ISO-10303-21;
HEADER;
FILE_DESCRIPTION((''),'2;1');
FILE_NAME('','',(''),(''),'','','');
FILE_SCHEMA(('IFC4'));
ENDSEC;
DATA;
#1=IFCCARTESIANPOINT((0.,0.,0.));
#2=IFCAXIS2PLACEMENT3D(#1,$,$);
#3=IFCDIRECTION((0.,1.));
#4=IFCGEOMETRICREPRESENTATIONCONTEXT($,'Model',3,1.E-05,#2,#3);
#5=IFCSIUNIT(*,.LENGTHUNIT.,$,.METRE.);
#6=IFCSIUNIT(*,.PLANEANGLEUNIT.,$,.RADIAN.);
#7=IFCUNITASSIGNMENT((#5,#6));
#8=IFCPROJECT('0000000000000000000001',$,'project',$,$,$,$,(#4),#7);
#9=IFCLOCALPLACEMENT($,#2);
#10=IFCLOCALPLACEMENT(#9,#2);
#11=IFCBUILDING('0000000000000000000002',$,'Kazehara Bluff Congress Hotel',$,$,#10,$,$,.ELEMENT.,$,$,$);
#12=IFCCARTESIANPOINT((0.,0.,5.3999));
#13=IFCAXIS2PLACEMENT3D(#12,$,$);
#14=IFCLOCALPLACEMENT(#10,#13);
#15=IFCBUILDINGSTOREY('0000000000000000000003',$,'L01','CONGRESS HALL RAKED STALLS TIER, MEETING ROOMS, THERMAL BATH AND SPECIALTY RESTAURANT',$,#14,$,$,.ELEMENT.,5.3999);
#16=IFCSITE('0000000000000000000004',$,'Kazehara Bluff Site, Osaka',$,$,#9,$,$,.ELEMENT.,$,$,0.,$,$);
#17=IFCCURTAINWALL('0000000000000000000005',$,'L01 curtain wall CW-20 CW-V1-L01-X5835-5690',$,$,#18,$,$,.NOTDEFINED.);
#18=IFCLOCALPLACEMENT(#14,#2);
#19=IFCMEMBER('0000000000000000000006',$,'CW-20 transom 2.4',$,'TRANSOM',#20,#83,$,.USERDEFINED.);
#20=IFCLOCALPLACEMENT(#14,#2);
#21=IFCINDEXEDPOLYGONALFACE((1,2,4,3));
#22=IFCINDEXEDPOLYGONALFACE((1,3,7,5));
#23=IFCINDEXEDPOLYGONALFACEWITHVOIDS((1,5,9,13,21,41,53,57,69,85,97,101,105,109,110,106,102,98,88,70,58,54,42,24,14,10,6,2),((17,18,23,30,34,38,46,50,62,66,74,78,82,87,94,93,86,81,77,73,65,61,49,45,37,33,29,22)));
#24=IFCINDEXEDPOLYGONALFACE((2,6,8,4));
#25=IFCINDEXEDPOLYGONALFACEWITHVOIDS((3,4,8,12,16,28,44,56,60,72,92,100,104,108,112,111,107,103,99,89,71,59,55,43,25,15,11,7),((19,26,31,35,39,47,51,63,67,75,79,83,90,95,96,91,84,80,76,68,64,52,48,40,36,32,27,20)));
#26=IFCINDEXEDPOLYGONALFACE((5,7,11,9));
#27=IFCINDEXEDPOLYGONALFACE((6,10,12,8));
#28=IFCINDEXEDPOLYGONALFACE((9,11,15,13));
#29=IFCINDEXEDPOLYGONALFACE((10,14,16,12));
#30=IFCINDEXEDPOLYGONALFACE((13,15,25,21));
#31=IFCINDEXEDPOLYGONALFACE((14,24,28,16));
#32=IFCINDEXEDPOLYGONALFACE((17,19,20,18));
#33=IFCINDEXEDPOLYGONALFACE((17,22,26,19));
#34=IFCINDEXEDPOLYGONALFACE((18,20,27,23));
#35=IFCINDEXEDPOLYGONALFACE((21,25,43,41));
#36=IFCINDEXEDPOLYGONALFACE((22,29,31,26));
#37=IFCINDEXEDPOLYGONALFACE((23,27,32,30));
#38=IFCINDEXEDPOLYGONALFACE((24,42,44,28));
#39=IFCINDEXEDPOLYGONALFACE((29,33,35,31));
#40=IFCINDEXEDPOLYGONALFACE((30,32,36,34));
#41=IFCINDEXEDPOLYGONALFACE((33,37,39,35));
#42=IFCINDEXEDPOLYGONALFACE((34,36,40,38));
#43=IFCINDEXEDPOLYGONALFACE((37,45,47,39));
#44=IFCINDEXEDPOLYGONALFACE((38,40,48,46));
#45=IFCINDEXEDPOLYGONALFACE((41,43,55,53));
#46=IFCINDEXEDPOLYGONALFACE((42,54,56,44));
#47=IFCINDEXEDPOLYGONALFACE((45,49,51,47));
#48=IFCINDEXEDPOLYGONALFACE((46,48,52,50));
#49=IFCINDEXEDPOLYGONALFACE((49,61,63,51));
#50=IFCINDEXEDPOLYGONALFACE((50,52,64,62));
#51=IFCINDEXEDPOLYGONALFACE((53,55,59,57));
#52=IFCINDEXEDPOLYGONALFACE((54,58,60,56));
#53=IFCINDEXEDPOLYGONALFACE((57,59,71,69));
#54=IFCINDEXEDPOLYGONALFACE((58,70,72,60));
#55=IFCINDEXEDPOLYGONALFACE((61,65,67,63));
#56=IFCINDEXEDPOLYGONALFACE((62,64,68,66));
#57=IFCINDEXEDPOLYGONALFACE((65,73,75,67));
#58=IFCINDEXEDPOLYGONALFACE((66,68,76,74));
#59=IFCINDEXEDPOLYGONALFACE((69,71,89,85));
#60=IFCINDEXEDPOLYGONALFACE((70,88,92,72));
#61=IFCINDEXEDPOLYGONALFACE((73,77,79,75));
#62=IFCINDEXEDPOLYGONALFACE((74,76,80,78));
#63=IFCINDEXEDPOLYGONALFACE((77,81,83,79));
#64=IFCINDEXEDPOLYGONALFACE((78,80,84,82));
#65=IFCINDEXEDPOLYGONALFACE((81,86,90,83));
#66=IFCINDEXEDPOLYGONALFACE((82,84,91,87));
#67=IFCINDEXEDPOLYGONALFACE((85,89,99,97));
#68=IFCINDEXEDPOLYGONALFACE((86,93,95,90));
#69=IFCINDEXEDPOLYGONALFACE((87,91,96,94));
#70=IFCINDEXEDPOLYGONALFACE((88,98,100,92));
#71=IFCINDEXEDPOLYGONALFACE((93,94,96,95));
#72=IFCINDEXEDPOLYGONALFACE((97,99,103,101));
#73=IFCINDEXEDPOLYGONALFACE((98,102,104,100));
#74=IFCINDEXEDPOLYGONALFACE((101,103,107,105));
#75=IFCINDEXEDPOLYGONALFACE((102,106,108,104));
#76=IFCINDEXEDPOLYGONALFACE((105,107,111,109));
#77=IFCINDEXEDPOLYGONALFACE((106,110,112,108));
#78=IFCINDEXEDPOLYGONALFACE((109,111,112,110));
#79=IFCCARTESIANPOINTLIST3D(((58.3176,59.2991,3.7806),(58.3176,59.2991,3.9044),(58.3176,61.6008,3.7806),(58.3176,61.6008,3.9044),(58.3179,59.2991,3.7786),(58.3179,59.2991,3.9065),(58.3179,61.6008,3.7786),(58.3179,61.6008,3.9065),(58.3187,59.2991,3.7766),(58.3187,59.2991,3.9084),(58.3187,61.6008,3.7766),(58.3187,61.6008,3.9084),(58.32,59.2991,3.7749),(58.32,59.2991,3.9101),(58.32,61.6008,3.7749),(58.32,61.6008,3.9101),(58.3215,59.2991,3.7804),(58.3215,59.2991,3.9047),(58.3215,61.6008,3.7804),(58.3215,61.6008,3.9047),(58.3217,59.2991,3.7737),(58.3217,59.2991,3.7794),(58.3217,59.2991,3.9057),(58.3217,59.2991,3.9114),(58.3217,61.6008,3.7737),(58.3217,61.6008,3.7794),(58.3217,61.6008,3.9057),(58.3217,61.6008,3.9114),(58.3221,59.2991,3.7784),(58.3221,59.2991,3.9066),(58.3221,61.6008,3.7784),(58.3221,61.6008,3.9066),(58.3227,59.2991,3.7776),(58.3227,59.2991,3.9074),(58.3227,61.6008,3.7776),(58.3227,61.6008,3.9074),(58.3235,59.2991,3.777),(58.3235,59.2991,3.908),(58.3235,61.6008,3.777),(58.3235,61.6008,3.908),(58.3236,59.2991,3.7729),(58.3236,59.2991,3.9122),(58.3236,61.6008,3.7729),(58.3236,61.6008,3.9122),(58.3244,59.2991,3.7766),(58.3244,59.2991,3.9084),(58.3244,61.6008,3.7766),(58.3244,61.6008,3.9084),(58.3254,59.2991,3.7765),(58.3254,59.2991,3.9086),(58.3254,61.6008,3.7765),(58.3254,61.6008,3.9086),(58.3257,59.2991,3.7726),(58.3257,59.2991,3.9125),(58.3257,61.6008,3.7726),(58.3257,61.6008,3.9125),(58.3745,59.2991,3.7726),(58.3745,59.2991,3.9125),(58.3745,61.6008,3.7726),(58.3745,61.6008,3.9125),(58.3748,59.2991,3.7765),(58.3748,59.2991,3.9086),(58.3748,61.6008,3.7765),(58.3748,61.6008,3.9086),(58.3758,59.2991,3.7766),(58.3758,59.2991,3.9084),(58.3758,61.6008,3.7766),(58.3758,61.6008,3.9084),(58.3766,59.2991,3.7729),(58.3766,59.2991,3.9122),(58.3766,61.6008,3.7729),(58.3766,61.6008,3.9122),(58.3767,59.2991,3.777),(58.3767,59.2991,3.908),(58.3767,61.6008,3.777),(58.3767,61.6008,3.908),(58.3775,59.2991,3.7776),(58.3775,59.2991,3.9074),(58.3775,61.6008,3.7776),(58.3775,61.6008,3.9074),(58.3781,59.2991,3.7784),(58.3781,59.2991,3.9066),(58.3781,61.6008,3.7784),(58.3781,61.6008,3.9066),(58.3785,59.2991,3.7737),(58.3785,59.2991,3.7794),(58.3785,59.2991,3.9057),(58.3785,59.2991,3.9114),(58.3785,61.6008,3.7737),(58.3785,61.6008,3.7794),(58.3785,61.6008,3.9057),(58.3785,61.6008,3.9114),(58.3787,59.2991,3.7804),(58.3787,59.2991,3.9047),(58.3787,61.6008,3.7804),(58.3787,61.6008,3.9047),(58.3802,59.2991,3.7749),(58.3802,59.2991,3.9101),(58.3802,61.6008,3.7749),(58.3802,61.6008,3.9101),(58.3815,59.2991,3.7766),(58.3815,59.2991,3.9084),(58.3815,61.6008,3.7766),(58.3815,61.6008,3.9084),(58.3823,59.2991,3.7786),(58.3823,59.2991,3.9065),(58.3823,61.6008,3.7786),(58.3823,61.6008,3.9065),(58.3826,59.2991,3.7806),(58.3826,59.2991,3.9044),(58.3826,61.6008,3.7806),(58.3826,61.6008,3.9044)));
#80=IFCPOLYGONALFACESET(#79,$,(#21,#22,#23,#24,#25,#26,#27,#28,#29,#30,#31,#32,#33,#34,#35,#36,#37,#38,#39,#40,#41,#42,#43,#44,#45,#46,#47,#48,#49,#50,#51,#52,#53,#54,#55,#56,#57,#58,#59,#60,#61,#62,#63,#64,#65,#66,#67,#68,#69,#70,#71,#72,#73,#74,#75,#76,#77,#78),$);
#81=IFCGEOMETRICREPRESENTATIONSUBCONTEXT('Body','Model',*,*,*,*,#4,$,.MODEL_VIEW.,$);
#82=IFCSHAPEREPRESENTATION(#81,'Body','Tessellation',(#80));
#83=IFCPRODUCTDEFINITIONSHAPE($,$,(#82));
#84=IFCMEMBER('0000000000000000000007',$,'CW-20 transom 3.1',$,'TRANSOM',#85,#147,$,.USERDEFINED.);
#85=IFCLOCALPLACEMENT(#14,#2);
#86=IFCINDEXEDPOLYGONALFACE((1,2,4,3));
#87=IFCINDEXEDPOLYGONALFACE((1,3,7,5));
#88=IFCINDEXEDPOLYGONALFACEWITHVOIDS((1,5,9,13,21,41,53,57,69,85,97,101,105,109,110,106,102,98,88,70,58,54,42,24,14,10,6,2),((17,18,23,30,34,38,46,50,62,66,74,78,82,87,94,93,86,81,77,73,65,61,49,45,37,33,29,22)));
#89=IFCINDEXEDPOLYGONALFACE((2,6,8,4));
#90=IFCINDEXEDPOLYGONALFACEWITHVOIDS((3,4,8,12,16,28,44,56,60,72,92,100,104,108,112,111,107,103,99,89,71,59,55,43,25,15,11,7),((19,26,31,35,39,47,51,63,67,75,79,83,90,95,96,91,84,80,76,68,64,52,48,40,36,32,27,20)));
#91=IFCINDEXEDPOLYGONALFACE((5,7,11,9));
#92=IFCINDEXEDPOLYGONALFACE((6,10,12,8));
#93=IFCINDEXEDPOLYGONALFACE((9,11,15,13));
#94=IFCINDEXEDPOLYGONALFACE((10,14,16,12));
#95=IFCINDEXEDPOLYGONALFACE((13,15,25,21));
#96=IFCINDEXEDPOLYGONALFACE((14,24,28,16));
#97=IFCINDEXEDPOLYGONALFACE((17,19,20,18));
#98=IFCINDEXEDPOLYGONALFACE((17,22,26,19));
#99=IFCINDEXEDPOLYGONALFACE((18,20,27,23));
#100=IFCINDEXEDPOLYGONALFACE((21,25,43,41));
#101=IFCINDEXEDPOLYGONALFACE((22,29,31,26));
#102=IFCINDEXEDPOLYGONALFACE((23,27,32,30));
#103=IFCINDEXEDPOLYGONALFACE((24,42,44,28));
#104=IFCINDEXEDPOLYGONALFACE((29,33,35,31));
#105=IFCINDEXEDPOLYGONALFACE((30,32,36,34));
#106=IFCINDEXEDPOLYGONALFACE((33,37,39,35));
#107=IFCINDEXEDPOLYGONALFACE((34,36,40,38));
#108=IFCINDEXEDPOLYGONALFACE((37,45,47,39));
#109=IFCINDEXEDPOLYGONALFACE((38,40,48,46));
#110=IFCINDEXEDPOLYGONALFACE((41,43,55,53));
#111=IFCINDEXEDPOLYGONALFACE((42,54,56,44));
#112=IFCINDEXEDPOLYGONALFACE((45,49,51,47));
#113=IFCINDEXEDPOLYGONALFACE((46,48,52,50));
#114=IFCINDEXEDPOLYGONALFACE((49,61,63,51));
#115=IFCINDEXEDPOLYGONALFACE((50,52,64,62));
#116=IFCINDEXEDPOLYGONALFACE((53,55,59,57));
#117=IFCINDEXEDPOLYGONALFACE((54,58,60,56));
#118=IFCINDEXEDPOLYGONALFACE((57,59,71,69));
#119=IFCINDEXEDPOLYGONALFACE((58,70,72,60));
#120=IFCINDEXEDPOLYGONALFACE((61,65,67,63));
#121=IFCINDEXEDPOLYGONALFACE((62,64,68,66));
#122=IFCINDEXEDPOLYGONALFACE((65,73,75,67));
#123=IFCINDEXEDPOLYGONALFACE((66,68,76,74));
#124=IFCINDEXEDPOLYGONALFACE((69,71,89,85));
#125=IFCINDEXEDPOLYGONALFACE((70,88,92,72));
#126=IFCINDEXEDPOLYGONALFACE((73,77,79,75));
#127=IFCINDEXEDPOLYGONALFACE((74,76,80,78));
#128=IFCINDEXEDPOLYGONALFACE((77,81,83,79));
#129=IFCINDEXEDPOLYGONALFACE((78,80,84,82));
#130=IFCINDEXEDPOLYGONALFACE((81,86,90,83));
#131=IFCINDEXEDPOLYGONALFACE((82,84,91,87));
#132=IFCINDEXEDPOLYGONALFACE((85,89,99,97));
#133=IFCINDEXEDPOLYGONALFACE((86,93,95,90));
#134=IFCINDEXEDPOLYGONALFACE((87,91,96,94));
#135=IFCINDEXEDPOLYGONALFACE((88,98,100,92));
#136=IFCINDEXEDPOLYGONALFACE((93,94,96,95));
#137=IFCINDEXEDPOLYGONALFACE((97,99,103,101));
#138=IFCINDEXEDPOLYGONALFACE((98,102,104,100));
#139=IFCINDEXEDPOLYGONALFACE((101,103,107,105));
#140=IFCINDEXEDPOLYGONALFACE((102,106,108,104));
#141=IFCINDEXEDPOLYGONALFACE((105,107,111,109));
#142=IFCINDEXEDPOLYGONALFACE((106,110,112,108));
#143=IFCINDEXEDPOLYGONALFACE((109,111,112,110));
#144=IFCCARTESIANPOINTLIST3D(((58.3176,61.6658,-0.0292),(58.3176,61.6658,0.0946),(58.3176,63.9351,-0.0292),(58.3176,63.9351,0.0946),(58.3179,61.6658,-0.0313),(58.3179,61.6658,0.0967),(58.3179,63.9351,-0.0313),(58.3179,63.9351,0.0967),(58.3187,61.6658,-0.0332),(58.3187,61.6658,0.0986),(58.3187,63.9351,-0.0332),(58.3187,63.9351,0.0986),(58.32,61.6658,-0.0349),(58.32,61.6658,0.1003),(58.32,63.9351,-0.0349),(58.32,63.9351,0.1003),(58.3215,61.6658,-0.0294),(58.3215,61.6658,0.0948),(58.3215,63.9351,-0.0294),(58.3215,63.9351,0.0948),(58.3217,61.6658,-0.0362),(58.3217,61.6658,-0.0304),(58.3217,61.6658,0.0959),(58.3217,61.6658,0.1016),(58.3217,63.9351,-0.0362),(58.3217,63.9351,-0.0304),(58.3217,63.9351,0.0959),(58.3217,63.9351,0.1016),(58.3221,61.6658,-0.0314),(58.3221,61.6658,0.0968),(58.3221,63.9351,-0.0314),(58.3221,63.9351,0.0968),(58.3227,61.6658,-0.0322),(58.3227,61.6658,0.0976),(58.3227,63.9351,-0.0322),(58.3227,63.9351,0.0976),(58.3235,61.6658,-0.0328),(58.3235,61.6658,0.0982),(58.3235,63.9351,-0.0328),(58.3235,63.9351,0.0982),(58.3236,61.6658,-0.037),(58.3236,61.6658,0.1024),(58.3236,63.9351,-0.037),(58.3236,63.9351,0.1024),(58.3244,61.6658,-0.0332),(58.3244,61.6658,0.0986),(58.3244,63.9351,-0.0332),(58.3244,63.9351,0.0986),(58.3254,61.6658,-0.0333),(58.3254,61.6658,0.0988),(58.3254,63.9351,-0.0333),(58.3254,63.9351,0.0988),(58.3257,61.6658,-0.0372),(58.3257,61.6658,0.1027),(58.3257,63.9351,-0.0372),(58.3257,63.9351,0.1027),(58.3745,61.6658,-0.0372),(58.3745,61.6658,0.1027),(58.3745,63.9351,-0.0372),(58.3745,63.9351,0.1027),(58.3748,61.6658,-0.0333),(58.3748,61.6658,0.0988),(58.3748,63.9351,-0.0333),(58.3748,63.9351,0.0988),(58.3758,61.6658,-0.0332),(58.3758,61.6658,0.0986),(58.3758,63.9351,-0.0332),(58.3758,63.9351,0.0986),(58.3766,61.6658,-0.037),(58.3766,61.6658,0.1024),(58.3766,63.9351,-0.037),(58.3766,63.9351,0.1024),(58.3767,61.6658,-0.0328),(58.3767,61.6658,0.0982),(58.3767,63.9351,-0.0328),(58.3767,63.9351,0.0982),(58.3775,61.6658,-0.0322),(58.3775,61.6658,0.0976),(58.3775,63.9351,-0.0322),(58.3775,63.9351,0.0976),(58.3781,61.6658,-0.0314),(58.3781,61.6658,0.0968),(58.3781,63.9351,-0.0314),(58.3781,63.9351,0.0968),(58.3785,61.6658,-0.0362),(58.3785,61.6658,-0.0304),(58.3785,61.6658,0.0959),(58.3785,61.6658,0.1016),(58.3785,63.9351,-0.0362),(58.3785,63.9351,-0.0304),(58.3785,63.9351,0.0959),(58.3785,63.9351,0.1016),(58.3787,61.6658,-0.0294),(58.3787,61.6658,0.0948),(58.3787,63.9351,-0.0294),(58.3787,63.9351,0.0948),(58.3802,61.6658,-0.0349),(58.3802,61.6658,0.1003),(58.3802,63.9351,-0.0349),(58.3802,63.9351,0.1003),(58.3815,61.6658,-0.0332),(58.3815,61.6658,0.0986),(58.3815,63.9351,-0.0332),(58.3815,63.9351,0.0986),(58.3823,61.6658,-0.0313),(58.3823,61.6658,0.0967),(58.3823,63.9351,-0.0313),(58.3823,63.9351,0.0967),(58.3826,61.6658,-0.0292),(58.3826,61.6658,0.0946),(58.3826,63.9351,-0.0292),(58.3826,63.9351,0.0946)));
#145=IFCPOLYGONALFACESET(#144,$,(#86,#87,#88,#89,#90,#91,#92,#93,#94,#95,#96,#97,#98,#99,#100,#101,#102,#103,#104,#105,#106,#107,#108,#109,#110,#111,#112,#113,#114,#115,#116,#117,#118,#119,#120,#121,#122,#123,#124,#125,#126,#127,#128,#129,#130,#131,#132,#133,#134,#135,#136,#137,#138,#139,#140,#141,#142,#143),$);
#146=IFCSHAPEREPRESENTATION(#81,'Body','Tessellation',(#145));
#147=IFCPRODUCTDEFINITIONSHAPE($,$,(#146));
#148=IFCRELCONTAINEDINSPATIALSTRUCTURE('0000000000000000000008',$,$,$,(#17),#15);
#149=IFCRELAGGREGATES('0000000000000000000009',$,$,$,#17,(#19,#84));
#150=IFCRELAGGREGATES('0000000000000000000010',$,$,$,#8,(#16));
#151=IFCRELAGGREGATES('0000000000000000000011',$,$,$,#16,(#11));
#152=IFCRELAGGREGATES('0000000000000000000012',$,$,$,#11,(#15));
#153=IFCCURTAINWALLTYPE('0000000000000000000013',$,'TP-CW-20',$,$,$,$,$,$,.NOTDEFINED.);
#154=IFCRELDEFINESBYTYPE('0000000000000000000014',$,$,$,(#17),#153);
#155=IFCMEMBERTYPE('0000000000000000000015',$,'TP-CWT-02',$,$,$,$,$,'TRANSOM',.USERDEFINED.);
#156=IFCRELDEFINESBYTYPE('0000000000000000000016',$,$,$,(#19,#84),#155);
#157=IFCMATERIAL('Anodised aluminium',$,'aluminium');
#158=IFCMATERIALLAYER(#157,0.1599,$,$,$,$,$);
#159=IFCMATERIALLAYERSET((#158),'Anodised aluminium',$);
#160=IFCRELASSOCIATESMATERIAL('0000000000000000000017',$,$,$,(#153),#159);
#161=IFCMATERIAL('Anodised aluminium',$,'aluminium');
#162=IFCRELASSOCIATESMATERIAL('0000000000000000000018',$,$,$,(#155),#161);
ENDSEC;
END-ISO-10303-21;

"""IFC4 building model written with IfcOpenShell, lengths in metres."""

from ifc_helpers import new_model, si_unit, direction, frame, origin, origin_2d, place, context, subcontext, project, spatial, hollow_rectangle, extrude, material, layer, layer_set, material_profile, profile_set, type_object, element, aggregate, save


model = new_model("IFC4")

# Units and contexts
model_context = context("Model", 3, precision=1e-05, world=origin(), true_north=direction((0.0, 1.0)))
body_context = subcontext(model_context, "Body", "Model", "MODEL_VIEW")
ifc_project = project(units=[si_unit("LENGTHUNIT", "METRE"), si_unit("PLANEANGLEUNIT", "RADIAN")], contexts=[model_context])

# Site, building, storey
site_placement = place(None, origin())
site = spatial("IfcSite", under=ifc_project, at=site_placement, Name="Kazehara Bluff Site, Osaka", CompositionType="ELEMENT", RefElevation=0.0)
building_placement = place(site_placement, origin())
building = spatial("IfcBuilding", under=site, at=building_placement, Name="Kazehara Bluff Congress Hotel", CompositionType="ELEMENT")
storey_placement = place(building_placement, frame((0.0, 0.0, 5.3999)))
storey = spatial("IfcBuildingStorey", under=building, at=storey_placement, Name="L01", Description="CONGRESS HALL RAKED STALLS TIER, MEETING ROOMS, THERMAL BATH AND SPECIALTY RESTAURANT", CompositionType="ELEMENT", Elevation=5.3999)

# Curtain wall
ifc_material_1 = material(Name="Anodised aluminium", Category="aluminium")
ifc_layer_1 = layer(ifc_material_1, 0.1599)
ifc_layer_set_1 = layer_set([ifc_layer_1], Name="Anodised aluminium")
curtain_wall_type = type_object("IfcCurtainWallType", Name="TP-CW-20", PredefinedType="NOTDEFINED", material=ifc_layer_set_1)
curtain_wall_1_placement = place(storey_placement, origin())
curtain_wall_1 = element("IfcCurtainWall", 1, at=curtain_wall_1_placement, inside=storey, type_object=curtain_wall_type, Name="L01 curtain wall CW-20 CW-V1-L01-X5835-5690", PredefinedType="NOTDEFINED")

# Members
ifc_material_2 = material(Name="Anodised aluminium", Category="aluminium")
ifc_material_profile_1 = material_profile(ifc_material_2, hollow_rectangle(XDim=0.0649, YDim=0.1399, WallThickness=0.0039, InnerFilletRadius=0.0039, OuterFilletRadius=0.0081, at=origin_2d()))
ifc_profile_set_1 = profile_set([ifc_material_profile_1], Name="Anodised aluminium")
member_type_1 = type_object("IfcMemberType", Name="TP-CWT-02", ElementType="TRANSOM", PredefinedType="USERDEFINED", material=ifc_profile_set_1)
member_1_placement = place(storey_placement, frame((58.3501, 59.2991, 3.8425), z_axis=(0.0, 1.0, 0.0), x_axis=(-1.0, 0.0, 0.0)))
member_1 = element("IfcMember", 2, at=member_1_placement, type_object=member_type_1, Name="CW-20 transom 2.4", ObjectType="TRANSOM", PredefinedType="USERDEFINED", context=body_context, shape_type="SweptSolid", body=[
    extrude(hollow_rectangle(XDim=0.0649, YDim=0.1399, WallThickness=0.0039, InnerFilletRadius=0.0039, OuterFilletRadius=0.0081, at=origin_2d()), origin(), (0.0, 0.0, 1.0), 2.3018),
])
member_2_placement = place(storey_placement, frame((58.3501, 61.6658, 0.0327), z_axis=(0.0, 1.0, 0.0), x_axis=(-1.0, 0.0, 0.0)))
member_2 = element("IfcMember", 3, at=member_2_placement, type_object=member_type_1, Name="CW-20 transom 3.1", ObjectType="TRANSOM", PredefinedType="USERDEFINED", context=body_context, shape_type="SweptSolid", body=[
    extrude(hollow_rectangle(XDim=0.0649, YDim=0.1399, WallThickness=0.0039, InnerFilletRadius=0.0039, OuterFilletRadius=0.0081, at=origin_2d()), origin(), (0.0, 0.0, 1.0), 2.2693),
])

aggregate(curtain_wall_1, [member_1, member_2])

save(model, "model.ifc")
